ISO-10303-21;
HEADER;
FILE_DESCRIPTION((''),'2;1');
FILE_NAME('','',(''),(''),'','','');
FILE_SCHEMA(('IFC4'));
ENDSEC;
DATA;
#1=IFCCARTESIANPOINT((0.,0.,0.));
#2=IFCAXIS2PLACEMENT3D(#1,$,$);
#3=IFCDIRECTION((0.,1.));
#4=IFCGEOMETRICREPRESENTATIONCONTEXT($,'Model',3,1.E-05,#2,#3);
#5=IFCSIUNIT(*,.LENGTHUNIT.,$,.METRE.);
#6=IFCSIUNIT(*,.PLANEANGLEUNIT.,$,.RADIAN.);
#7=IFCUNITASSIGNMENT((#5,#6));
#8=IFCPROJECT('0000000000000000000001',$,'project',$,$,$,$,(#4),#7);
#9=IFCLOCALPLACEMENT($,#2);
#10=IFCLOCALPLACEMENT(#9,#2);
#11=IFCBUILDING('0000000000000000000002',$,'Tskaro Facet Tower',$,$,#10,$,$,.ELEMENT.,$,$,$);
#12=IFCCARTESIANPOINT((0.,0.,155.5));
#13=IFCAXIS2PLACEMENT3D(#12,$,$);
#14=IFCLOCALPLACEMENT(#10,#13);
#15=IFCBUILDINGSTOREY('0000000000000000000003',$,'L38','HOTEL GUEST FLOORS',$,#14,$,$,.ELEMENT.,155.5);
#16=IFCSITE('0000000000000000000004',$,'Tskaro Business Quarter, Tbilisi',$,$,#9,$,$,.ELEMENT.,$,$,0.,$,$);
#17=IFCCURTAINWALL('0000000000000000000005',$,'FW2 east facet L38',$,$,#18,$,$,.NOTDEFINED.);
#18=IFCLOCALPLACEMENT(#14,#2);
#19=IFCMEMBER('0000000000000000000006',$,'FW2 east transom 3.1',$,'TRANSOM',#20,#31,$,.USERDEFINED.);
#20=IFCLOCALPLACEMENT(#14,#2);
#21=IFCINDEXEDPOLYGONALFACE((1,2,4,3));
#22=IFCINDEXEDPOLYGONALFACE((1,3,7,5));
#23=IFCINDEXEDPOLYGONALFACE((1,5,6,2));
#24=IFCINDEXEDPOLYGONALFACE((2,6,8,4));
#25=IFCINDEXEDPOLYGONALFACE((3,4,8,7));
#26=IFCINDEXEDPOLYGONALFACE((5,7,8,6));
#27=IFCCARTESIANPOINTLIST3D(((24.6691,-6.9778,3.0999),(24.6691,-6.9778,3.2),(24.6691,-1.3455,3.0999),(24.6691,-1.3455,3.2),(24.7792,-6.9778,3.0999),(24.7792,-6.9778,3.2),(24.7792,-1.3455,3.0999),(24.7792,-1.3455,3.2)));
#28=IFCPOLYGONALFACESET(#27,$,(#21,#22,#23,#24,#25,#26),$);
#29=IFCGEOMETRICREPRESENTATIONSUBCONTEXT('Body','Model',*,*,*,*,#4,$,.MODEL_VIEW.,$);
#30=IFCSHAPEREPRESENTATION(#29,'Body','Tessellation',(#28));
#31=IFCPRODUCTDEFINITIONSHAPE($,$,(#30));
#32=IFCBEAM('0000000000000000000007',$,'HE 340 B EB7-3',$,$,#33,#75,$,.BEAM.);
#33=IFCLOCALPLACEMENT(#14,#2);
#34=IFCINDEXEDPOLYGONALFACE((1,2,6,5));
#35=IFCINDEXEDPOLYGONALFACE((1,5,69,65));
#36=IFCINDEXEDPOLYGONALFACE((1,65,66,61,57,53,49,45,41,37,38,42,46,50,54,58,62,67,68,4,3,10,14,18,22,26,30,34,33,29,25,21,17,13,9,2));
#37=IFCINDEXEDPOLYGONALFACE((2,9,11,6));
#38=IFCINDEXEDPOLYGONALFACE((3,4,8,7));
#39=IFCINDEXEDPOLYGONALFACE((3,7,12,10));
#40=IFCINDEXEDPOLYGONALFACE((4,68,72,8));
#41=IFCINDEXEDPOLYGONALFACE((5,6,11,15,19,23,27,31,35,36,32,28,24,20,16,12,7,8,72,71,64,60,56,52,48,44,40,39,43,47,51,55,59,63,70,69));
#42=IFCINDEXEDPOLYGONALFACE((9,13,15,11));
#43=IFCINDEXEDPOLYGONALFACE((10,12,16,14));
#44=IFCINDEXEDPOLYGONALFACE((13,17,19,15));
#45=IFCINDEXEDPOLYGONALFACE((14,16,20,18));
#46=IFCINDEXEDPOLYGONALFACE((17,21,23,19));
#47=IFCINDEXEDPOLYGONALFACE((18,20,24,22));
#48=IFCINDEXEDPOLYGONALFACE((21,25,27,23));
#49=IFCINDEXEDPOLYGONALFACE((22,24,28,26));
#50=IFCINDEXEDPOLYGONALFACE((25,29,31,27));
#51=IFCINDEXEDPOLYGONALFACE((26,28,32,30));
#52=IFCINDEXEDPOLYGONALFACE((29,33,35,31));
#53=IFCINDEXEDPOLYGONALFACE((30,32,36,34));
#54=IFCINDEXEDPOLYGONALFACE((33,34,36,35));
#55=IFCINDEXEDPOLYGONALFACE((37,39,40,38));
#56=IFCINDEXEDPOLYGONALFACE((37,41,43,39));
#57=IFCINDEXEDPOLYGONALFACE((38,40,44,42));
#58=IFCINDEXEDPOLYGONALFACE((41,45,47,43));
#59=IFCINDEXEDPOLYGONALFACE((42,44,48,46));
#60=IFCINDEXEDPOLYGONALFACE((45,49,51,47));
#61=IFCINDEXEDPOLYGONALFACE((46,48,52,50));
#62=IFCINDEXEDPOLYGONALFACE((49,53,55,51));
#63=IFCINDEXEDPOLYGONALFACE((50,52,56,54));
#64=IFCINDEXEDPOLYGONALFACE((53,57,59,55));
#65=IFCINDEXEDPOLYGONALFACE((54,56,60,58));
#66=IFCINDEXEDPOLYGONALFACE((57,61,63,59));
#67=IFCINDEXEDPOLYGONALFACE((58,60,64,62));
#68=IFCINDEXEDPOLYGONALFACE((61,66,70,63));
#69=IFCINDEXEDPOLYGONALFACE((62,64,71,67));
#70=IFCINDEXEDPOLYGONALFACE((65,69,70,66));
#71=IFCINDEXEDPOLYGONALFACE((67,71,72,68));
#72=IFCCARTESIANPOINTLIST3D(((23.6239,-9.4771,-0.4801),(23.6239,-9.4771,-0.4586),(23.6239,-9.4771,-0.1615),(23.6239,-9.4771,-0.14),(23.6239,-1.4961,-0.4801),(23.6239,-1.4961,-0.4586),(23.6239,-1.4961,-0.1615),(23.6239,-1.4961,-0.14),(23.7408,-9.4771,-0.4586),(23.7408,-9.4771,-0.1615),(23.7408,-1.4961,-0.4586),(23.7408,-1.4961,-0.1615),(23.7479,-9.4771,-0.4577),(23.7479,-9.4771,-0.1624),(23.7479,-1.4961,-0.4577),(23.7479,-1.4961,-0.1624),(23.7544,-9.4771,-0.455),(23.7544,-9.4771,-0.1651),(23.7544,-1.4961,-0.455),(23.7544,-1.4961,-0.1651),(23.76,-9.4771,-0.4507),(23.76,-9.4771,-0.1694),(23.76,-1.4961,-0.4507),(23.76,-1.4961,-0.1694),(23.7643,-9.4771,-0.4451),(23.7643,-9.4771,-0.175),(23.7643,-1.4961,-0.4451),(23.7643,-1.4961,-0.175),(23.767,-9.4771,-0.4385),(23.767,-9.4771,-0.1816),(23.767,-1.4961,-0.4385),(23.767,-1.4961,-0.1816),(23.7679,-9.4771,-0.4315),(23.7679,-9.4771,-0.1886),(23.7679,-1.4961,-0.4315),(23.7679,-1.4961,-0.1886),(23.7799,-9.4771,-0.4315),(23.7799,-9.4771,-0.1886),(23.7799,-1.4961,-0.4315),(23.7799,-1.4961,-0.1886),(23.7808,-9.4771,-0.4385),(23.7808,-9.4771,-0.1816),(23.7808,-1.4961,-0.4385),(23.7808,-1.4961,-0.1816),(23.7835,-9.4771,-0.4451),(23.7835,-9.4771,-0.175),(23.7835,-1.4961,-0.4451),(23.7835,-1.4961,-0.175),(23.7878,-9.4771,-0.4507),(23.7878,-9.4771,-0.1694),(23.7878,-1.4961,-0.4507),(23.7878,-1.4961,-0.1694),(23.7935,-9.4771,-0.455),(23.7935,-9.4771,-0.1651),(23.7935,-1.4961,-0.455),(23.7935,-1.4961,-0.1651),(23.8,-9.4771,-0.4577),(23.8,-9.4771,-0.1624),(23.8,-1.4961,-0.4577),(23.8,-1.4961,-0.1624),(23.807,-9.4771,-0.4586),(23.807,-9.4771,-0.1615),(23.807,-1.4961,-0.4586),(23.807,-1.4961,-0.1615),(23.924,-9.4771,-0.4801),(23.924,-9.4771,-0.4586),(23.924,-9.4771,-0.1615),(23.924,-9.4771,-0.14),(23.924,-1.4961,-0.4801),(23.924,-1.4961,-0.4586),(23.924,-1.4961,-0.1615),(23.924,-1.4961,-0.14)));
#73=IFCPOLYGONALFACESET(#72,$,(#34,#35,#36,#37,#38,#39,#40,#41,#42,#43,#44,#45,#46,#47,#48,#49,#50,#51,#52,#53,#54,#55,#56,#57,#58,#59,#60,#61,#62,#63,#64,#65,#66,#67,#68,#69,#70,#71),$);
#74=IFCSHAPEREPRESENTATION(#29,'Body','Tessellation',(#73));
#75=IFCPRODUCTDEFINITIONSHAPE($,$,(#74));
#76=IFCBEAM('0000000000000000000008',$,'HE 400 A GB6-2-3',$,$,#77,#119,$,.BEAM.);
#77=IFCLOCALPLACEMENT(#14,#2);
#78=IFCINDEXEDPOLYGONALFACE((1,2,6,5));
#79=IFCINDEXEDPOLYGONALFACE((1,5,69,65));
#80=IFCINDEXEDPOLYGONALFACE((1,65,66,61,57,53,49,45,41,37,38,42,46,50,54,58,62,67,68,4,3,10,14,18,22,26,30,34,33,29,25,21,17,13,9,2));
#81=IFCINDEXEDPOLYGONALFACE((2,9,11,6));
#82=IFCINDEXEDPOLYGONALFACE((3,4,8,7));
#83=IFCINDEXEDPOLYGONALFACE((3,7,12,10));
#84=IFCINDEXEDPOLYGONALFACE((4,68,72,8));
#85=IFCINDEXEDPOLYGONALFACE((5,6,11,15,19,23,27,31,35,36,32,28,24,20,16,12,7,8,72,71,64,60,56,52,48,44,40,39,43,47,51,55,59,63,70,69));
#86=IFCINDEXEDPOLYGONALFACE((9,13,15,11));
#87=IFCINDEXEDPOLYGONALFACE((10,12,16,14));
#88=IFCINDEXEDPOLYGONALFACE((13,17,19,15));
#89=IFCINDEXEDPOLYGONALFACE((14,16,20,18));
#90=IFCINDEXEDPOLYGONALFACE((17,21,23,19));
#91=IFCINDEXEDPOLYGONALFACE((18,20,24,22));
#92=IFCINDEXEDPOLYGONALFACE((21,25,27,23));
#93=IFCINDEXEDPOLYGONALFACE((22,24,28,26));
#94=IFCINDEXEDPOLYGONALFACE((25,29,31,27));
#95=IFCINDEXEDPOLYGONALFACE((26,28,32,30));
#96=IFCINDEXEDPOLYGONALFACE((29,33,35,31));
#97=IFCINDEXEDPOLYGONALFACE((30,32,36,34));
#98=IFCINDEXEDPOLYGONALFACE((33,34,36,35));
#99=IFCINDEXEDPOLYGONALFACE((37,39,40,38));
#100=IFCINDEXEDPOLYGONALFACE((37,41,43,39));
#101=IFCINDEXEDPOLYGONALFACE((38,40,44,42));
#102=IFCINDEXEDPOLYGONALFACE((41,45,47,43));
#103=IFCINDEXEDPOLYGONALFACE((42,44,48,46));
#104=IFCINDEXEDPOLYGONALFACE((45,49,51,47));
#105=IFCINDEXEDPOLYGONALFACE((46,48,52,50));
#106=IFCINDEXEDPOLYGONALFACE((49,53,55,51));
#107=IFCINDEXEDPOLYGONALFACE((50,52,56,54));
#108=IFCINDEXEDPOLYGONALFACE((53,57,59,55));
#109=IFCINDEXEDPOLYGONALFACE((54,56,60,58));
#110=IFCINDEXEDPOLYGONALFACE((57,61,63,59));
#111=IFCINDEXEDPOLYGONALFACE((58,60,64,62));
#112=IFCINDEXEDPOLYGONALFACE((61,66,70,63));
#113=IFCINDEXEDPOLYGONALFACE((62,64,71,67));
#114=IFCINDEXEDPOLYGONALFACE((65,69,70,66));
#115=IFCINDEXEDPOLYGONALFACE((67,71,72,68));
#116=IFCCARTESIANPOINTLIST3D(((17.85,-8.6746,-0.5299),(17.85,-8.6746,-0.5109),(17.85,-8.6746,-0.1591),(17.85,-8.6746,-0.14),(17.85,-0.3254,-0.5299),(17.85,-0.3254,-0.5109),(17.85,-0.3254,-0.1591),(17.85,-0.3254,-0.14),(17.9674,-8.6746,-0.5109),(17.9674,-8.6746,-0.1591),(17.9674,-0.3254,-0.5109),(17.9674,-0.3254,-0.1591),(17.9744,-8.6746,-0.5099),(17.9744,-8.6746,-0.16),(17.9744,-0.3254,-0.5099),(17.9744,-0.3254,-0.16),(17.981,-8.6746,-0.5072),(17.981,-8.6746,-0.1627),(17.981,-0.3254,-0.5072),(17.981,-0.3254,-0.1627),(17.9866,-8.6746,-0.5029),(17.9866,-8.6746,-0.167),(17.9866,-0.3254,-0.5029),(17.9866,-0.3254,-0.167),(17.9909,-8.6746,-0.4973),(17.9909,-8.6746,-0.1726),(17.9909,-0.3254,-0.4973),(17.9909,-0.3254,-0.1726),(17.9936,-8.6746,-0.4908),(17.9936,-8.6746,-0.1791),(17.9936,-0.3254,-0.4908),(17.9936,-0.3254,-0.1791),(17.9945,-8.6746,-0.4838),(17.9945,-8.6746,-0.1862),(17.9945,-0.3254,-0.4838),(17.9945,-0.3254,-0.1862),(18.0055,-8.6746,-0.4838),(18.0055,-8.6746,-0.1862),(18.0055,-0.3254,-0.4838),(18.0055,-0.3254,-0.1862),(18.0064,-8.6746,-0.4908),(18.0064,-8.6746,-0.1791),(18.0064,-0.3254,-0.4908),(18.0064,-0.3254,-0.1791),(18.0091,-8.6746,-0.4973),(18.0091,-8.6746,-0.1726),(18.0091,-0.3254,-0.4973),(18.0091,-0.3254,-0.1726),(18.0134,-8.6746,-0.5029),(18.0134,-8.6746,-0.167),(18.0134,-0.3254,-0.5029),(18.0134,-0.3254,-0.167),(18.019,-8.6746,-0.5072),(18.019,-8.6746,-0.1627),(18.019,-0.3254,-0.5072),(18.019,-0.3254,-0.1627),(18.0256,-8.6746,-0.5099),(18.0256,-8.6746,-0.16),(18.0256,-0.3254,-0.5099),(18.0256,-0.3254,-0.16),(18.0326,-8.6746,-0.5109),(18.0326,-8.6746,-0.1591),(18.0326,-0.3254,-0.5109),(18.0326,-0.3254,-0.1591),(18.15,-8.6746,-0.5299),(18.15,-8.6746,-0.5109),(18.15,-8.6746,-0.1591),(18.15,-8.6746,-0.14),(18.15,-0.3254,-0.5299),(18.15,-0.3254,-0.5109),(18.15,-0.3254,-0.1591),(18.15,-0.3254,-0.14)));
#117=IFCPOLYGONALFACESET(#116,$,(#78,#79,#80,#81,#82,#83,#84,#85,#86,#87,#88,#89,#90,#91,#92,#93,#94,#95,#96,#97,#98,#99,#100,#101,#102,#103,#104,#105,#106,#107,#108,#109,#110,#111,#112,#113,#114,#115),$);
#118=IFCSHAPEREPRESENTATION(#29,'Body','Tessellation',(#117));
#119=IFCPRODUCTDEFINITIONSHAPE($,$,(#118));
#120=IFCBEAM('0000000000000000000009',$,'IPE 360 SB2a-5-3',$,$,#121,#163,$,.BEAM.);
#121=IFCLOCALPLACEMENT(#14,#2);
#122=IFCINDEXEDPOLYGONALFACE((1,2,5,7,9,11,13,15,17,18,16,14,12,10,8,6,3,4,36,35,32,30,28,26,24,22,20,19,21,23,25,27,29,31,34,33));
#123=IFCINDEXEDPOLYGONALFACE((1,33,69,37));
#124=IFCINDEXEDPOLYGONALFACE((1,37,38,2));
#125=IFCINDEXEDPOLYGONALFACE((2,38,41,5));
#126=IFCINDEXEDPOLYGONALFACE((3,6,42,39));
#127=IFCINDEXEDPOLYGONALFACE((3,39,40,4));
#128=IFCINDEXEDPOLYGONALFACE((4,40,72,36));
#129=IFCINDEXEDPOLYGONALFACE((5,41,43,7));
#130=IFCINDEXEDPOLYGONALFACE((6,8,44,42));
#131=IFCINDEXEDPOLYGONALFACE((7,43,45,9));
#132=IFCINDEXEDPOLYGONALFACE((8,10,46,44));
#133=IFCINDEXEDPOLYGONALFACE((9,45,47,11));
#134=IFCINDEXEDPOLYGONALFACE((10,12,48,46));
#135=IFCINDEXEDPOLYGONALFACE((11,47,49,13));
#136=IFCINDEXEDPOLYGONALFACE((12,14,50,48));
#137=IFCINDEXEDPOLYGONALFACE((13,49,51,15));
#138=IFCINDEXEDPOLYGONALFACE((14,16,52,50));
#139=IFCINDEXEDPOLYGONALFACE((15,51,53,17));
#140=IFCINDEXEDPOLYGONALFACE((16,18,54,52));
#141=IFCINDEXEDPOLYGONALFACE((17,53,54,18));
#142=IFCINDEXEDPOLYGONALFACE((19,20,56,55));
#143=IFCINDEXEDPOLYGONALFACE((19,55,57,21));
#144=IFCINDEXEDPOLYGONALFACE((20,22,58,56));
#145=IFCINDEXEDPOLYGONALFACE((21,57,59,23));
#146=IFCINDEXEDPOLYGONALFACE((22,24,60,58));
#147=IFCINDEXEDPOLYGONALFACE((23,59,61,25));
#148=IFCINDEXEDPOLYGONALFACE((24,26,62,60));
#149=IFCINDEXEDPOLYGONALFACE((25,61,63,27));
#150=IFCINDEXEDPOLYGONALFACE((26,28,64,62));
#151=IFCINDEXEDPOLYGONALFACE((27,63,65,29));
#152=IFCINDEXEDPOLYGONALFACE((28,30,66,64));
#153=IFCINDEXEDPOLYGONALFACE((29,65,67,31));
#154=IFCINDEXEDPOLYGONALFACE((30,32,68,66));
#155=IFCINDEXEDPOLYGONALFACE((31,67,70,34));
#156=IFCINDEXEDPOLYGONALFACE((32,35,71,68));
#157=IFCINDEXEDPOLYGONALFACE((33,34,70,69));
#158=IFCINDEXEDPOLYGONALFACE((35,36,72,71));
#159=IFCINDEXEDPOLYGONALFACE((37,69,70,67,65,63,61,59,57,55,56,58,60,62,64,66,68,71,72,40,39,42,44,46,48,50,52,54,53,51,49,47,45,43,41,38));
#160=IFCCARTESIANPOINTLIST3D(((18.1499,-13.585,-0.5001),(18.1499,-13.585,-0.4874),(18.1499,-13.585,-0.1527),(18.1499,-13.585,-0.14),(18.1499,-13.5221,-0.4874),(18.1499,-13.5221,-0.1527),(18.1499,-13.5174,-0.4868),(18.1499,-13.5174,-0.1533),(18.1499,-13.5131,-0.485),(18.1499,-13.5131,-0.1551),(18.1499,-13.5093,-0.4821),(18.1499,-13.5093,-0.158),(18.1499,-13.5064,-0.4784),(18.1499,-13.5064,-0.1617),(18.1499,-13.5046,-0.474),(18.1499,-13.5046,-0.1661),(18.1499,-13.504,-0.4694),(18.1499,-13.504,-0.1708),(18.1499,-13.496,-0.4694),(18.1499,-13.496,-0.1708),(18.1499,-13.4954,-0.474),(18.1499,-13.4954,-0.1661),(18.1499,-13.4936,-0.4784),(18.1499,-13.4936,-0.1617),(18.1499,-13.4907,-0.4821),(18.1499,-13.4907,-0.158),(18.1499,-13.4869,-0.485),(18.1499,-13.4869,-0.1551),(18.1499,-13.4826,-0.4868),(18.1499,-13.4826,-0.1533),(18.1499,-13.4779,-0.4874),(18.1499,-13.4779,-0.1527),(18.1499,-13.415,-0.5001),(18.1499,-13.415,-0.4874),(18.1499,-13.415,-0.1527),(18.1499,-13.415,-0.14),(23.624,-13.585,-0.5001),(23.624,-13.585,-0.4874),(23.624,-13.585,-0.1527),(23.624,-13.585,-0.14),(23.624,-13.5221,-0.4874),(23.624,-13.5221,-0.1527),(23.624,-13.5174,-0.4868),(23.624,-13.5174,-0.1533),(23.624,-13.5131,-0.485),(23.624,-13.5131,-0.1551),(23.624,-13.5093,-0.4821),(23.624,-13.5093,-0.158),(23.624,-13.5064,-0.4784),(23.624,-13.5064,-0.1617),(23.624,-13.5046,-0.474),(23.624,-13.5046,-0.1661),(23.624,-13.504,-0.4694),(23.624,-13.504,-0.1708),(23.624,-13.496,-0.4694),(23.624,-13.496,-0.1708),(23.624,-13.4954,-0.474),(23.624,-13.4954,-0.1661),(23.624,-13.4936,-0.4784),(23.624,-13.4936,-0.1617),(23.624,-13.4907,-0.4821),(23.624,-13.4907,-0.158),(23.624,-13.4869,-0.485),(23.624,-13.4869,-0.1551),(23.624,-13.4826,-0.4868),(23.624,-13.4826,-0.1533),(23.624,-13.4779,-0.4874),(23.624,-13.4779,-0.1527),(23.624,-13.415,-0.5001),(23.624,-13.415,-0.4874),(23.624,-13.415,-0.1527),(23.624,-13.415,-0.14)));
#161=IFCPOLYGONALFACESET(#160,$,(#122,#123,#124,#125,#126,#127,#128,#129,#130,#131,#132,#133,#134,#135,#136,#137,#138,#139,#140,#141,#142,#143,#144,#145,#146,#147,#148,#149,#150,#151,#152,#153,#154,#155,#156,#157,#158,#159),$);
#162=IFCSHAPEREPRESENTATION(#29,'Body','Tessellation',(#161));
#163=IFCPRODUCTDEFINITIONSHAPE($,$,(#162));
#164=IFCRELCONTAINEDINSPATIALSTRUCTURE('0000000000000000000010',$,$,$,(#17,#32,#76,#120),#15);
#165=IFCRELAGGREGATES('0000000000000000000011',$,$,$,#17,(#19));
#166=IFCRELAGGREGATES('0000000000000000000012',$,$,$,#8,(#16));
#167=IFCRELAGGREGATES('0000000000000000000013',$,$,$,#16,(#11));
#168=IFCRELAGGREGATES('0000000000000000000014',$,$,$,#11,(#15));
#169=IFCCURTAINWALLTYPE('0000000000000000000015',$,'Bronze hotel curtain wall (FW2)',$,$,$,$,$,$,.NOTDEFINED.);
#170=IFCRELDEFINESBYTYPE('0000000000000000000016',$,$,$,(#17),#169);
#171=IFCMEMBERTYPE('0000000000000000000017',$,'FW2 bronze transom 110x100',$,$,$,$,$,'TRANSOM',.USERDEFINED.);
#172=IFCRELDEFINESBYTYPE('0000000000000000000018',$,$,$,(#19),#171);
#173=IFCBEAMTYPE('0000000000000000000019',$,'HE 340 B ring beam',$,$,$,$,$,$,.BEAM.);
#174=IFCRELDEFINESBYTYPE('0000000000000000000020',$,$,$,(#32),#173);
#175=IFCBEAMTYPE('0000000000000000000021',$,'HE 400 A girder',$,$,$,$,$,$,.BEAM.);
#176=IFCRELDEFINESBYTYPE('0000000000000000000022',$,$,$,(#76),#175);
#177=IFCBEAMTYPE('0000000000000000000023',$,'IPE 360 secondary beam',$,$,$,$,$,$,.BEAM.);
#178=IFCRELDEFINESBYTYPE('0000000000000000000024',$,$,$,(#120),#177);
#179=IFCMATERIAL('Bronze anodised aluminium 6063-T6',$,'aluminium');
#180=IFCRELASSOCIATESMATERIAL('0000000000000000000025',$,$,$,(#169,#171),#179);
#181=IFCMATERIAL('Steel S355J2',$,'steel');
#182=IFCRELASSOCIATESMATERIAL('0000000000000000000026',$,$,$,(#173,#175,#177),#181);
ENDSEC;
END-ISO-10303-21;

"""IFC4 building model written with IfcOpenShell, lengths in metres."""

from ifc_helpers import new_model, si_unit, direction, frame, origin, origin_2d, place, context, subcontext, project, spatial, rectangle, i_section, extrude, material, material_profile, profile_set, type_object, element, aggregate, save


model = new_model("IFC4")

# Units and contexts
model_context = context("Model", 3, precision=1e-05, world=origin(), true_north=direction((0.0, 1.0)))
body_context = subcontext(model_context, "Body", "Model", "MODEL_VIEW")
ifc_project = project(units=[si_unit("LENGTHUNIT", "METRE"), si_unit("PLANEANGLEUNIT", "RADIAN")], contexts=[model_context])

# Site, building, storey
site_placement = place(None, origin())
site = spatial("IfcSite", under=ifc_project, at=site_placement, Name="Tskaro Business Quarter, Tbilisi", CompositionType="ELEMENT", RefElevation=0.0)
building_placement = place(site_placement, origin())
building = spatial("IfcBuilding", under=site, at=building_placement, Name="Tskaro Facet Tower", CompositionType="ELEMENT")
storey_placement = place(building_placement, frame((0.0, 0.0, 155.5)))
storey = spatial("IfcBuildingStorey", under=building, at=storey_placement, Name="L38", Description="HOTEL GUEST FLOORS", CompositionType="ELEMENT", Elevation=155.5)

# Curtain wall, member
ifc_material_1 = material(Name="Bronze anodised aluminium 6063-T6", Category="aluminium")
curtain_wall_type = type_object("IfcCurtainWallType", Name="Bronze hotel curtain wall (FW2)", PredefinedType="NOTDEFINED", material=ifc_material_1)
curtain_wall_placement = place(storey_placement, origin())
curtain_wall = element("IfcCurtainWall", 1, at=curtain_wall_placement, inside=storey, type_object=curtain_wall_type, Name="FW2 east facet L38", PredefinedType="NOTDEFINED")
ifc_material_profile_1 = material_profile(ifc_material_1, rectangle(XDim=0.1101, YDim=0.1001, at=origin_2d()), Name="Transom 110x100")
ifc_profile_set_1 = profile_set([ifc_material_profile_1], Name="Bronze anodised aluminium 6063-T6")
member_type_1 = type_object("IfcMemberType", Name="FW2 bronze transom 110x100", ElementType="TRANSOM", PredefinedType="USERDEFINED", material=ifc_profile_set_1)
member_1_placement = place(storey_placement, frame((24.7241, -6.9778, 3.1499), z_axis=(0.0, 1.0, 0.0), x_axis=(-1.0, 0.0, 0.0)))
member_1 = element("IfcMember", 2, at=member_1_placement, type_object=member_type_1, Name="FW2 east transom 3.1", ObjectType="TRANSOM", PredefinedType="USERDEFINED", context=body_context, shape_type="SweptSolid", body=[
    extrude(rectangle(XDim=0.1101, YDim=0.1001, at=origin_2d()), origin(), (0.0, 0.0, 1.0), 5.6323),
])

# Beams
ifc_material_2 = material(Name="Steel S355J2", Category="steel")
ifc_material_profile_2 = material_profile(ifc_material_2, i_section(OverallWidth=0.3, OverallDepth=0.3401, WebThickness=0.012, FlangeThickness=0.0215, FilletRadius=0.0271, at=origin_2d()), Name="HE 340 B")
ifc_profile_set_2 = profile_set([ifc_material_profile_2], Name="Steel S355J2")
beam_type_1 = type_object("IfcBeamType", Name="HE 340 B ring beam", PredefinedType="BEAM", material=ifc_profile_set_2)
beam_1_placement = place(storey_placement, frame((23.7739, -9.4771, -0.3101), z_axis=(0.0, 1.0, 0.0), x_axis=(-1.0, 0.0, 0.0)))
element("IfcBeam", 3, at=beam_1_placement, inside=storey, type_object=beam_type_1, Name="HE 340 B EB7-3", PredefinedType="BEAM", context=body_context, shape_type="SweptSolid", body=[
    extrude(i_section(OverallWidth=0.3, OverallDepth=0.3401, WebThickness=0.012, FlangeThickness=0.0215, FilletRadius=0.0271, at=origin_2d()), origin(), (0.0, 0.0, 1.0), 7.981),
])
ifc_material_profile_3 = material_profile(ifc_material_2, i_section(OverallWidth=0.3, OverallDepth=0.3899, WebThickness=0.011, FlangeThickness=0.019, FilletRadius=0.0271, at=origin_2d()), Name="HE 400 A")
ifc_profile_set_3 = profile_set([ifc_material_profile_3], Name="Steel S355J2")
beam_type_2 = type_object("IfcBeamType", Name="HE 400 A girder", PredefinedType="BEAM", material=ifc_profile_set_3)
beam_2_placement = place(storey_placement, frame((18.0, -8.6746, -0.335), z_axis=(0.0, 1.0, 0.0), x_axis=(-1.0, 0.0, 0.0)))
element("IfcBeam", 4, at=beam_2_placement, inside=storey, type_object=beam_type_2, Name="HE 400 A GB6-2-3", PredefinedType="BEAM", context=body_context, shape_type="SweptSolid", body=[
    extrude(i_section(OverallWidth=0.3, OverallDepth=0.3899, WebThickness=0.011, FlangeThickness=0.019, FilletRadius=0.0271, at=origin_2d()), origin(), (0.0, 0.0, 1.0), 8.3491),
])
ifc_material_profile_4 = material_profile(ifc_material_2, i_section(OverallWidth=0.1699, OverallDepth=0.3601, WebThickness=0.0081, FlangeThickness=0.0127, FilletRadius=0.0181, at=origin_2d()), Name="IPE 360")
ifc_profile_set_4 = profile_set([ifc_material_profile_4], Name="Steel S355J2")
beam_type_3 = type_object("IfcBeamType", Name="IPE 360 secondary beam", PredefinedType="BEAM", material=ifc_profile_set_4)
for number, where, z_axis, x_axis, name in (
    (5, (18.1499, -13.5, -0.3201), (1.0, 0.0, 0.0), (0.0, 1.0, 0.0), "IPE 360 SB2a-5-3"),
):
    element("IfcBeam", number, at=place(storey_placement, frame(where, z_axis=z_axis, x_axis=x_axis)), inside=storey, type_object=beam_type_3, Name=name, PredefinedType="BEAM", context=body_context, shape_type="SweptSolid", body=[
        extrude(i_section(OverallWidth=0.1699, OverallDepth=0.3601, WebThickness=0.0081, FlangeThickness=0.0127, FilletRadius=0.0181, at=origin_2d()), origin(), (0.0, 0.0, 1.0), 5.4741),
    ])

aggregate(curtain_wall, [member_1])

save(model, "model.ifc")
